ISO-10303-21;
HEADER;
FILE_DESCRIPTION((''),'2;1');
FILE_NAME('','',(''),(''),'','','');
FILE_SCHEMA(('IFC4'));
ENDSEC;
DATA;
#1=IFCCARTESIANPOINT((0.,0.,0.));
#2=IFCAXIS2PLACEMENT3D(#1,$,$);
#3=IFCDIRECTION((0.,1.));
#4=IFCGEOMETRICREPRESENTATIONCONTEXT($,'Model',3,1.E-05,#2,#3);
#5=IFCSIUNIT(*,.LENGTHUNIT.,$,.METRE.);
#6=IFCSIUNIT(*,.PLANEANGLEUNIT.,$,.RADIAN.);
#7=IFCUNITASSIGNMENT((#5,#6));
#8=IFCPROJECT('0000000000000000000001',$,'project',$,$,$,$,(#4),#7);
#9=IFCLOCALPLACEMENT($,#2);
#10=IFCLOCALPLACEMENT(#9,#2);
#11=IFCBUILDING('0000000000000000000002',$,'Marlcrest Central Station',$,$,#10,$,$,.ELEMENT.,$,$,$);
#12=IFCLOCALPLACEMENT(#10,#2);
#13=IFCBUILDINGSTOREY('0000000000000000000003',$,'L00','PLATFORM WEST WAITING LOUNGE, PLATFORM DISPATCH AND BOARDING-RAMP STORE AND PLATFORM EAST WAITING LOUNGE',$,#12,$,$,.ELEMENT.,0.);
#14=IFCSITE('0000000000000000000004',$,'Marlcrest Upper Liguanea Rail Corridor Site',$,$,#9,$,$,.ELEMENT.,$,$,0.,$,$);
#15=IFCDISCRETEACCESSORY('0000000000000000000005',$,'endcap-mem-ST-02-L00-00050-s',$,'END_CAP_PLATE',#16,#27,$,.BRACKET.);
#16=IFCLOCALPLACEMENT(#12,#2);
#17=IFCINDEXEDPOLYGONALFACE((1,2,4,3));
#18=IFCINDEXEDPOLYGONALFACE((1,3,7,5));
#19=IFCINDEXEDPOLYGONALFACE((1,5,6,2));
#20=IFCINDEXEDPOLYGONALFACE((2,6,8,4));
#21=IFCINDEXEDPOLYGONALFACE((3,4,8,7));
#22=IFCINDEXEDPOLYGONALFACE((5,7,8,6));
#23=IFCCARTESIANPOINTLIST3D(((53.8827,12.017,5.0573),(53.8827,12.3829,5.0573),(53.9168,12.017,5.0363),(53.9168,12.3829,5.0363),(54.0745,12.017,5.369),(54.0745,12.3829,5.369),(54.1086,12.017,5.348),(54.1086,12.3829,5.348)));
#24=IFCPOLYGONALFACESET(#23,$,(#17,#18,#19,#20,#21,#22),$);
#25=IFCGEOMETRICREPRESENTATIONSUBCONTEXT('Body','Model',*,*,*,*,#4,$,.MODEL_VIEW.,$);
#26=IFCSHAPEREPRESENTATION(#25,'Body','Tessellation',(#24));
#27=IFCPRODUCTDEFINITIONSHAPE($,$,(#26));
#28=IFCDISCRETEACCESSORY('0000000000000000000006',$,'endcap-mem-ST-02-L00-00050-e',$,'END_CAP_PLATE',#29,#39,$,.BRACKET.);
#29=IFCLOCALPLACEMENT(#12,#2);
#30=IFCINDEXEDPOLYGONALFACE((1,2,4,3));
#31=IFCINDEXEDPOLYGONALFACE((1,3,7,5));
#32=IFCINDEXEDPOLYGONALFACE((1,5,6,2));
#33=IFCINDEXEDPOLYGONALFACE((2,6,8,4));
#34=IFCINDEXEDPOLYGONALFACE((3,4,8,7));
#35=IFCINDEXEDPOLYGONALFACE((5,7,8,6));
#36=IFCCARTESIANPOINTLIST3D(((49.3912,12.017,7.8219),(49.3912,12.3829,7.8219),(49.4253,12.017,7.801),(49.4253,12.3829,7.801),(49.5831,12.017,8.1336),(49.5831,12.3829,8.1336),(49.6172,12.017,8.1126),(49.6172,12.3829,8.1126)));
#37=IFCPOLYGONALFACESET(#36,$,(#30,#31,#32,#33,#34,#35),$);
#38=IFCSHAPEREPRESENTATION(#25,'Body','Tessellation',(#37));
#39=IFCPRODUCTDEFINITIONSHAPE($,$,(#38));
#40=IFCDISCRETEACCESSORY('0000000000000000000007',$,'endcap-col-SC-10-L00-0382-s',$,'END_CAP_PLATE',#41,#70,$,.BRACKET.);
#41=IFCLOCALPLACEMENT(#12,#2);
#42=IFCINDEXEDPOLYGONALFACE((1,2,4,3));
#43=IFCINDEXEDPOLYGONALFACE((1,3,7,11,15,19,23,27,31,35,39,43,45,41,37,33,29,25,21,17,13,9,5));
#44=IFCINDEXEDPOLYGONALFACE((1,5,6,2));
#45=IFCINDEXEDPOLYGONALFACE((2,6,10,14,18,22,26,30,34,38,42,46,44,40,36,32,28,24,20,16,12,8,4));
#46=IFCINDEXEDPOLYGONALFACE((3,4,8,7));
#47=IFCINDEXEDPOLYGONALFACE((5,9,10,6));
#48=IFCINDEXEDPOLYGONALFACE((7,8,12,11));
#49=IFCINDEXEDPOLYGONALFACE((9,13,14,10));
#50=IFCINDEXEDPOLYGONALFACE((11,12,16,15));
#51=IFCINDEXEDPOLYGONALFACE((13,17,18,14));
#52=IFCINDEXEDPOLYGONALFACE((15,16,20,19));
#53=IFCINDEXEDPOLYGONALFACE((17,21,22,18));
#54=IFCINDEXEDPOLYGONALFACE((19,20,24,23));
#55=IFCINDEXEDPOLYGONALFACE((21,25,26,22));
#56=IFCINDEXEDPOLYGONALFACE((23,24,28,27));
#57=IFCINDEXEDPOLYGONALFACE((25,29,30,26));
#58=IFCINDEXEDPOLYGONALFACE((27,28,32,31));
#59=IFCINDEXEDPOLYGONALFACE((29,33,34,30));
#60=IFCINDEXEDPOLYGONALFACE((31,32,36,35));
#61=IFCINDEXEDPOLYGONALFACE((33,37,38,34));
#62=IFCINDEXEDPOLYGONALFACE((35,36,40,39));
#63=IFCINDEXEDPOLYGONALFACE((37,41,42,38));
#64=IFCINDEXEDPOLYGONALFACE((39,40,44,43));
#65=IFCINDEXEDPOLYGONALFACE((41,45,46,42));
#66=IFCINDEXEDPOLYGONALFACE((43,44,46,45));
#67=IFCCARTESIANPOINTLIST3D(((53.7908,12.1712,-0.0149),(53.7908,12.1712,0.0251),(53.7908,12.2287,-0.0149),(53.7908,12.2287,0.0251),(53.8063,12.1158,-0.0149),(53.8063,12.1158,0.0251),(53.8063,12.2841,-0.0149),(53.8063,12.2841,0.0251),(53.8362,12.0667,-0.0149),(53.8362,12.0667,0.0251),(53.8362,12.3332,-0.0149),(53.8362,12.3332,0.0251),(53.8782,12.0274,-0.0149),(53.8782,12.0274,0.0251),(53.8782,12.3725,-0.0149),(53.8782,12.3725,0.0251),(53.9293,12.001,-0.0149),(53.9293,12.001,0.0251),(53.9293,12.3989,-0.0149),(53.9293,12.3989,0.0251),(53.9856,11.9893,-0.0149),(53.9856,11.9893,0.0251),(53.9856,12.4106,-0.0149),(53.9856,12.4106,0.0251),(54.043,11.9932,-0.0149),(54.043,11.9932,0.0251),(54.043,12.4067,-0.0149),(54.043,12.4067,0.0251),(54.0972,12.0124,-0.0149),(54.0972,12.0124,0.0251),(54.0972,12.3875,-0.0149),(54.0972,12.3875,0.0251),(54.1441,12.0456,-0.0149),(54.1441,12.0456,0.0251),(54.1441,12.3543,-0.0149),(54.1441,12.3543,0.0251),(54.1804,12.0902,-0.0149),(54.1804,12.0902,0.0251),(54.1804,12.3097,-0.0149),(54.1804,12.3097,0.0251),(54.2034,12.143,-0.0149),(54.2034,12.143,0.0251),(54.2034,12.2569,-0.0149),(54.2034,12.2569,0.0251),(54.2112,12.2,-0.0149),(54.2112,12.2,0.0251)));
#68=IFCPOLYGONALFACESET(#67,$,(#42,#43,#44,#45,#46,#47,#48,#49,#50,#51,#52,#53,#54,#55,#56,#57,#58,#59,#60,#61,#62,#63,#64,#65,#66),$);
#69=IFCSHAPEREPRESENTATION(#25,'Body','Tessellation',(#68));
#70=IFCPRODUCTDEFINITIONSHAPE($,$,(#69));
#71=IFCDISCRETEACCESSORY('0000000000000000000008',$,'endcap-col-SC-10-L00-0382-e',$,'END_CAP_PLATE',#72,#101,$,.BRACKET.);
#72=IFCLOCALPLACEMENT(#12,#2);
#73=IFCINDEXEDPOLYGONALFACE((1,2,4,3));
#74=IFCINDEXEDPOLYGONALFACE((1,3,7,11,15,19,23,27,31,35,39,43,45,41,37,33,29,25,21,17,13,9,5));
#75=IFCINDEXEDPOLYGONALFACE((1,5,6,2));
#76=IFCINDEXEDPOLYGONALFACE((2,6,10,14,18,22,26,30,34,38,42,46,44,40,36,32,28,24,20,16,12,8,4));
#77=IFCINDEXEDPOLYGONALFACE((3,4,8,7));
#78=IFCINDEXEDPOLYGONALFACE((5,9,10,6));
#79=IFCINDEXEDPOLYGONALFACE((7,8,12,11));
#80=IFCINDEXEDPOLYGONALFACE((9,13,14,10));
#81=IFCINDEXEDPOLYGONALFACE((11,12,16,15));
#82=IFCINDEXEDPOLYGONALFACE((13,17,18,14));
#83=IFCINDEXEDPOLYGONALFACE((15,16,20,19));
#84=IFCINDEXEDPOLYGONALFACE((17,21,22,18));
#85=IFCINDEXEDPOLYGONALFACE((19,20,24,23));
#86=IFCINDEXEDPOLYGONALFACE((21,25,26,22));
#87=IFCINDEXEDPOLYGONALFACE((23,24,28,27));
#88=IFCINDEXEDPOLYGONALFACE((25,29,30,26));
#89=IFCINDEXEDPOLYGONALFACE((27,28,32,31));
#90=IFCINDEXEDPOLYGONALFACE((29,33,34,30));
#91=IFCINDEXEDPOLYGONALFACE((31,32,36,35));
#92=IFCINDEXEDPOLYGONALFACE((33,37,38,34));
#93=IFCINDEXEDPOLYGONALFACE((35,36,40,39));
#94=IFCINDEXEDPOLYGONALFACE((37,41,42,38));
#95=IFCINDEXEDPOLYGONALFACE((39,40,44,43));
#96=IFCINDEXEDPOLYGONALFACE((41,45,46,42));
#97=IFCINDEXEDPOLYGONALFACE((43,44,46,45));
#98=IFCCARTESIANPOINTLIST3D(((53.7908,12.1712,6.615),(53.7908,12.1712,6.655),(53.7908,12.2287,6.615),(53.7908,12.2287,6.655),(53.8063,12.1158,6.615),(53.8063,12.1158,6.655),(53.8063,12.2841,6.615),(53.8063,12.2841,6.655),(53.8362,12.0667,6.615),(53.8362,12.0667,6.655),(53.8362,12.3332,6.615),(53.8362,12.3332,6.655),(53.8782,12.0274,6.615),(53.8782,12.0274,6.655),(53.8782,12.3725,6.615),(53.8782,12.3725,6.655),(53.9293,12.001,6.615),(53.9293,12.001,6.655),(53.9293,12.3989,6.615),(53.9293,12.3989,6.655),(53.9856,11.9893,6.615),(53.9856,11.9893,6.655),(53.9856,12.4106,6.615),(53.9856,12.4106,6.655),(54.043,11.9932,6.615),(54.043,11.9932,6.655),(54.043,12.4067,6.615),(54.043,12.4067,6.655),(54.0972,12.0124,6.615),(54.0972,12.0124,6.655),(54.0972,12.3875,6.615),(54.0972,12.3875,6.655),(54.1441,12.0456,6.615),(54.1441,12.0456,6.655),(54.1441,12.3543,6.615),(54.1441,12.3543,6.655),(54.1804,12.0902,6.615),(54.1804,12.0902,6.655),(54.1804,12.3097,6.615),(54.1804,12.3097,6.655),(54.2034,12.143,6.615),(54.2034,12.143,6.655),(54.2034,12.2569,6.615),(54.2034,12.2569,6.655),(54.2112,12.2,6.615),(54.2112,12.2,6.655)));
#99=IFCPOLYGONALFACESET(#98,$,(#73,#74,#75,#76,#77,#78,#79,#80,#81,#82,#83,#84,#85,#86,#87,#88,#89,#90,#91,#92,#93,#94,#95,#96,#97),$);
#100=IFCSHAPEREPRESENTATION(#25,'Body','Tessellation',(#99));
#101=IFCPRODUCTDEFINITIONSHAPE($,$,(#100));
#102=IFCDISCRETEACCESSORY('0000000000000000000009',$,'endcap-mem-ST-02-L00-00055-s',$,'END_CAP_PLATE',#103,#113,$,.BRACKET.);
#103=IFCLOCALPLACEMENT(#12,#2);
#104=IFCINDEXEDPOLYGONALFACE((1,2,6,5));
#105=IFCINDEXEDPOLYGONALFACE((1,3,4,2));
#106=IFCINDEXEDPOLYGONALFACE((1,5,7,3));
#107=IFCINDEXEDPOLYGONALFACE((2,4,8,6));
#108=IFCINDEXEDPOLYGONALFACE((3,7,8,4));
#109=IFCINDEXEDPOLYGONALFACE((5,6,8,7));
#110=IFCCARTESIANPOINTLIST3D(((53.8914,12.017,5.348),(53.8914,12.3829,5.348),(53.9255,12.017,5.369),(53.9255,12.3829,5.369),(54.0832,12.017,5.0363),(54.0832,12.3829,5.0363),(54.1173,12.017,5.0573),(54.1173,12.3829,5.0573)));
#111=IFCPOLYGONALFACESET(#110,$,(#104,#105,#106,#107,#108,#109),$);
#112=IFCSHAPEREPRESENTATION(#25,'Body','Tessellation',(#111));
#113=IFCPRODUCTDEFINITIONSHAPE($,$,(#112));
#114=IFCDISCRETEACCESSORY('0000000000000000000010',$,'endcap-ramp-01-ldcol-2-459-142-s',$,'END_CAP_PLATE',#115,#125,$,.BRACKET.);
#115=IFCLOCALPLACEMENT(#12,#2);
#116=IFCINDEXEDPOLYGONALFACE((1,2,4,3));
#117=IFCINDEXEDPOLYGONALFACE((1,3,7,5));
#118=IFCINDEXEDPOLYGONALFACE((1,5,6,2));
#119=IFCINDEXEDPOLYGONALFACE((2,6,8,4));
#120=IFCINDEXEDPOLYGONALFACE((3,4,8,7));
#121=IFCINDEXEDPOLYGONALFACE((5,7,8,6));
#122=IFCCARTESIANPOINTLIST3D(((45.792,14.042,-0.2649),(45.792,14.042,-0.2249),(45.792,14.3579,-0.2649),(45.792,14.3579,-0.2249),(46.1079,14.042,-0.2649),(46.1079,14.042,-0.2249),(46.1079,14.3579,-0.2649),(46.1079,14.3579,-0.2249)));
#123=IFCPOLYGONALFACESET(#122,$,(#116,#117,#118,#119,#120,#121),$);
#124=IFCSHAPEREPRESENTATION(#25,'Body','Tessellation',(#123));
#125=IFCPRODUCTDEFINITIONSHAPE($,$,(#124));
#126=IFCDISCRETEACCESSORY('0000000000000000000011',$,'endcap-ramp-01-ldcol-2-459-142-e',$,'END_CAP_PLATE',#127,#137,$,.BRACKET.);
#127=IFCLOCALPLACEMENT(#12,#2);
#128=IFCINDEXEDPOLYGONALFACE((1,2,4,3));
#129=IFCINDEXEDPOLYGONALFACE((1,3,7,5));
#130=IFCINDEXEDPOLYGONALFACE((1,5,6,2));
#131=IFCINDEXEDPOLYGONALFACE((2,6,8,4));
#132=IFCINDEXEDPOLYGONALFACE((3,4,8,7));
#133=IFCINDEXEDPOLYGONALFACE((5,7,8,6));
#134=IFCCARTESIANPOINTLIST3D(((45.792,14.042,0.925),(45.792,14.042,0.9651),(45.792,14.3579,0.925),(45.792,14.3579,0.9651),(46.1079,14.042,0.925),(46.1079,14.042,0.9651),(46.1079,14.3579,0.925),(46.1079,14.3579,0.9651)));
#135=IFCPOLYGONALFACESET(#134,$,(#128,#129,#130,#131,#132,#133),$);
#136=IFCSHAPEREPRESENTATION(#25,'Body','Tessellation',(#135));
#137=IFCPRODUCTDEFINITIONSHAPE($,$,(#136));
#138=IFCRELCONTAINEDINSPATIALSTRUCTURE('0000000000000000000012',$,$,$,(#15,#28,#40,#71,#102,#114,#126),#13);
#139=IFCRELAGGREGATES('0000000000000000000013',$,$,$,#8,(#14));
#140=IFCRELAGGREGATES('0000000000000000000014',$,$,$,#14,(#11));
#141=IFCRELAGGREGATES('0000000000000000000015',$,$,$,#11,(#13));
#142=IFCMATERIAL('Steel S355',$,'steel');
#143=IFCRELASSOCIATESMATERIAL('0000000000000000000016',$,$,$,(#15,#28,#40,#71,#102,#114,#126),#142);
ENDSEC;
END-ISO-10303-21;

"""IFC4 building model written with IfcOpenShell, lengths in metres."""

from ifc_helpers import new_model, si_unit, direction, frame, origin, origin_2d, place, context, subcontext, project, spatial, rectangle, circle, extrude, material, element, save


model = new_model("IFC4")

# Units and contexts
model_context = context("Model", 3, precision=1e-05, world=origin(), true_north=direction((0.0, 1.0)))
body_context = subcontext(model_context, "Body", "Model", "MODEL_VIEW")
ifc_project = project(units=[si_unit("LENGTHUNIT", "METRE"), si_unit("PLANEANGLEUNIT", "RADIAN")], contexts=[model_context])

# Site, building, storey
site_placement = place(None, origin())
site = spatial("IfcSite", under=ifc_project, at=site_placement, Name="Marlcrest Upper Liguanea Rail Corridor Site", CompositionType="ELEMENT", RefElevation=0.0)
building_placement = place(site_placement, origin())
building = spatial("IfcBuilding", under=site, at=building_placement, Name="Marlcrest Central Station", CompositionType="ELEMENT")
storey_placement = place(building_placement, origin())
storey = spatial("IfcBuildingStorey", under=building, at=storey_placement, Name="L00", Description="PLATFORM WEST WAITING LOUNGE, PLATFORM DISPATCH AND BOARDING-RAMP STORE AND PLATFORM EAST WAITING LOUNGE", CompositionType="ELEMENT", Elevation=0.0)

# Shared definitions
ifc_material_1 = material(Name="Steel S355", Category="steel")

# Discrete accessories
for number, where, z_axis, x_axis, name in (
    (1, (54.0127, 12.2, 5.1921), (-0.851592, 0.0, 0.524206), (0.0, -1.0, 0.0), "endcap-mem-ST-02-L00-00050-s"),
    (2, (49.5212, 12.2, 7.9568), (-0.851592, 0.0, 0.524206), (0.0, -1.0, 0.0), "endcap-mem-ST-02-L00-00050-e"),
):
    element("IfcDiscreteAccessory", number, at=place(storey_placement, frame(where, z_axis=z_axis, x_axis=x_axis)), inside=storey, material=ifc_material_1, Name=name, ObjectType="END_CAP_PLATE", PredefinedType="BRACKET", context=body_context, shape_type="SweptSolid", body=[
        extrude(rectangle(XDim=0.366, YDim=0.366, at=origin_2d()), origin(), (0.0, 0.0, 1.0), 0.04),
    ])
for number, where, z_axis, x_axis, name in (
    (3, (54.0, 12.2, -0.0149), (0.0, 0.0, 1.0), (1.0, 0.0, 0.0), "endcap-col-SC-10-L00-0382-s"),
    (4, (54.0, 12.2, 6.615), (0.0, 0.0, 1.0), (1.0, 0.0, 0.0), "endcap-col-SC-10-L00-0382-e"),
):
    element("IfcDiscreteAccessory", number, at=place(storey_placement, frame(where, z_axis=z_axis, x_axis=x_axis)), inside=storey, material=ifc_material_1, Name=name, ObjectType="END_CAP_PLATE", PredefinedType="BRACKET", context=body_context, shape_type="SweptSolid", body=[
        extrude(circle(Radius=0.2112, at=origin_2d()), origin(), (0.0, 0.0, 1.0), 0.04),
    ])
discrete_accessory_1_placement = place(storey_placement, frame((53.9873, 12.2, 5.1921), z_axis=(0.851592, 0.0, 0.524206), x_axis=(0.0, 1.0, 0.0)))
element("IfcDiscreteAccessory", 5, at=discrete_accessory_1_placement, inside=storey, material=ifc_material_1, Name="endcap-mem-ST-02-L00-00055-s", ObjectType="END_CAP_PLATE", PredefinedType="BRACKET", context=body_context, shape_type="SweptSolid", body=[
    extrude(rectangle(XDim=0.366, YDim=0.366, at=origin_2d()), origin(), (0.0, 0.0, 1.0), 0.04),
])
for number, where, z_axis, x_axis, name in (
    (6, (45.95, 14.2, -0.2649), (0.0, 0.0, 1.0), (1.0, 0.0, 0.0), "endcap-ramp-01-ldcol-2-459-142-s"),
    (7, (45.95, 14.2, 0.925), (0.0, 0.0, 1.0), (1.0, 0.0, 0.0), "endcap-ramp-01-ldcol-2-459-142-e"),
):
    element("IfcDiscreteAccessory", number, at=place(storey_placement, frame(where, z_axis=z_axis, x_axis=x_axis)), inside=storey, material=ifc_material_1, Name=name, ObjectType="END_CAP_PLATE", PredefinedType="BRACKET", context=body_context, shape_type="SweptSolid", body=[
        extrude(rectangle(XDim=0.3159, YDim=0.3159, at=origin_2d()), origin(), (0.0, 0.0, 1.0), 0.04),
    ])

save(model, "model.ifc")
